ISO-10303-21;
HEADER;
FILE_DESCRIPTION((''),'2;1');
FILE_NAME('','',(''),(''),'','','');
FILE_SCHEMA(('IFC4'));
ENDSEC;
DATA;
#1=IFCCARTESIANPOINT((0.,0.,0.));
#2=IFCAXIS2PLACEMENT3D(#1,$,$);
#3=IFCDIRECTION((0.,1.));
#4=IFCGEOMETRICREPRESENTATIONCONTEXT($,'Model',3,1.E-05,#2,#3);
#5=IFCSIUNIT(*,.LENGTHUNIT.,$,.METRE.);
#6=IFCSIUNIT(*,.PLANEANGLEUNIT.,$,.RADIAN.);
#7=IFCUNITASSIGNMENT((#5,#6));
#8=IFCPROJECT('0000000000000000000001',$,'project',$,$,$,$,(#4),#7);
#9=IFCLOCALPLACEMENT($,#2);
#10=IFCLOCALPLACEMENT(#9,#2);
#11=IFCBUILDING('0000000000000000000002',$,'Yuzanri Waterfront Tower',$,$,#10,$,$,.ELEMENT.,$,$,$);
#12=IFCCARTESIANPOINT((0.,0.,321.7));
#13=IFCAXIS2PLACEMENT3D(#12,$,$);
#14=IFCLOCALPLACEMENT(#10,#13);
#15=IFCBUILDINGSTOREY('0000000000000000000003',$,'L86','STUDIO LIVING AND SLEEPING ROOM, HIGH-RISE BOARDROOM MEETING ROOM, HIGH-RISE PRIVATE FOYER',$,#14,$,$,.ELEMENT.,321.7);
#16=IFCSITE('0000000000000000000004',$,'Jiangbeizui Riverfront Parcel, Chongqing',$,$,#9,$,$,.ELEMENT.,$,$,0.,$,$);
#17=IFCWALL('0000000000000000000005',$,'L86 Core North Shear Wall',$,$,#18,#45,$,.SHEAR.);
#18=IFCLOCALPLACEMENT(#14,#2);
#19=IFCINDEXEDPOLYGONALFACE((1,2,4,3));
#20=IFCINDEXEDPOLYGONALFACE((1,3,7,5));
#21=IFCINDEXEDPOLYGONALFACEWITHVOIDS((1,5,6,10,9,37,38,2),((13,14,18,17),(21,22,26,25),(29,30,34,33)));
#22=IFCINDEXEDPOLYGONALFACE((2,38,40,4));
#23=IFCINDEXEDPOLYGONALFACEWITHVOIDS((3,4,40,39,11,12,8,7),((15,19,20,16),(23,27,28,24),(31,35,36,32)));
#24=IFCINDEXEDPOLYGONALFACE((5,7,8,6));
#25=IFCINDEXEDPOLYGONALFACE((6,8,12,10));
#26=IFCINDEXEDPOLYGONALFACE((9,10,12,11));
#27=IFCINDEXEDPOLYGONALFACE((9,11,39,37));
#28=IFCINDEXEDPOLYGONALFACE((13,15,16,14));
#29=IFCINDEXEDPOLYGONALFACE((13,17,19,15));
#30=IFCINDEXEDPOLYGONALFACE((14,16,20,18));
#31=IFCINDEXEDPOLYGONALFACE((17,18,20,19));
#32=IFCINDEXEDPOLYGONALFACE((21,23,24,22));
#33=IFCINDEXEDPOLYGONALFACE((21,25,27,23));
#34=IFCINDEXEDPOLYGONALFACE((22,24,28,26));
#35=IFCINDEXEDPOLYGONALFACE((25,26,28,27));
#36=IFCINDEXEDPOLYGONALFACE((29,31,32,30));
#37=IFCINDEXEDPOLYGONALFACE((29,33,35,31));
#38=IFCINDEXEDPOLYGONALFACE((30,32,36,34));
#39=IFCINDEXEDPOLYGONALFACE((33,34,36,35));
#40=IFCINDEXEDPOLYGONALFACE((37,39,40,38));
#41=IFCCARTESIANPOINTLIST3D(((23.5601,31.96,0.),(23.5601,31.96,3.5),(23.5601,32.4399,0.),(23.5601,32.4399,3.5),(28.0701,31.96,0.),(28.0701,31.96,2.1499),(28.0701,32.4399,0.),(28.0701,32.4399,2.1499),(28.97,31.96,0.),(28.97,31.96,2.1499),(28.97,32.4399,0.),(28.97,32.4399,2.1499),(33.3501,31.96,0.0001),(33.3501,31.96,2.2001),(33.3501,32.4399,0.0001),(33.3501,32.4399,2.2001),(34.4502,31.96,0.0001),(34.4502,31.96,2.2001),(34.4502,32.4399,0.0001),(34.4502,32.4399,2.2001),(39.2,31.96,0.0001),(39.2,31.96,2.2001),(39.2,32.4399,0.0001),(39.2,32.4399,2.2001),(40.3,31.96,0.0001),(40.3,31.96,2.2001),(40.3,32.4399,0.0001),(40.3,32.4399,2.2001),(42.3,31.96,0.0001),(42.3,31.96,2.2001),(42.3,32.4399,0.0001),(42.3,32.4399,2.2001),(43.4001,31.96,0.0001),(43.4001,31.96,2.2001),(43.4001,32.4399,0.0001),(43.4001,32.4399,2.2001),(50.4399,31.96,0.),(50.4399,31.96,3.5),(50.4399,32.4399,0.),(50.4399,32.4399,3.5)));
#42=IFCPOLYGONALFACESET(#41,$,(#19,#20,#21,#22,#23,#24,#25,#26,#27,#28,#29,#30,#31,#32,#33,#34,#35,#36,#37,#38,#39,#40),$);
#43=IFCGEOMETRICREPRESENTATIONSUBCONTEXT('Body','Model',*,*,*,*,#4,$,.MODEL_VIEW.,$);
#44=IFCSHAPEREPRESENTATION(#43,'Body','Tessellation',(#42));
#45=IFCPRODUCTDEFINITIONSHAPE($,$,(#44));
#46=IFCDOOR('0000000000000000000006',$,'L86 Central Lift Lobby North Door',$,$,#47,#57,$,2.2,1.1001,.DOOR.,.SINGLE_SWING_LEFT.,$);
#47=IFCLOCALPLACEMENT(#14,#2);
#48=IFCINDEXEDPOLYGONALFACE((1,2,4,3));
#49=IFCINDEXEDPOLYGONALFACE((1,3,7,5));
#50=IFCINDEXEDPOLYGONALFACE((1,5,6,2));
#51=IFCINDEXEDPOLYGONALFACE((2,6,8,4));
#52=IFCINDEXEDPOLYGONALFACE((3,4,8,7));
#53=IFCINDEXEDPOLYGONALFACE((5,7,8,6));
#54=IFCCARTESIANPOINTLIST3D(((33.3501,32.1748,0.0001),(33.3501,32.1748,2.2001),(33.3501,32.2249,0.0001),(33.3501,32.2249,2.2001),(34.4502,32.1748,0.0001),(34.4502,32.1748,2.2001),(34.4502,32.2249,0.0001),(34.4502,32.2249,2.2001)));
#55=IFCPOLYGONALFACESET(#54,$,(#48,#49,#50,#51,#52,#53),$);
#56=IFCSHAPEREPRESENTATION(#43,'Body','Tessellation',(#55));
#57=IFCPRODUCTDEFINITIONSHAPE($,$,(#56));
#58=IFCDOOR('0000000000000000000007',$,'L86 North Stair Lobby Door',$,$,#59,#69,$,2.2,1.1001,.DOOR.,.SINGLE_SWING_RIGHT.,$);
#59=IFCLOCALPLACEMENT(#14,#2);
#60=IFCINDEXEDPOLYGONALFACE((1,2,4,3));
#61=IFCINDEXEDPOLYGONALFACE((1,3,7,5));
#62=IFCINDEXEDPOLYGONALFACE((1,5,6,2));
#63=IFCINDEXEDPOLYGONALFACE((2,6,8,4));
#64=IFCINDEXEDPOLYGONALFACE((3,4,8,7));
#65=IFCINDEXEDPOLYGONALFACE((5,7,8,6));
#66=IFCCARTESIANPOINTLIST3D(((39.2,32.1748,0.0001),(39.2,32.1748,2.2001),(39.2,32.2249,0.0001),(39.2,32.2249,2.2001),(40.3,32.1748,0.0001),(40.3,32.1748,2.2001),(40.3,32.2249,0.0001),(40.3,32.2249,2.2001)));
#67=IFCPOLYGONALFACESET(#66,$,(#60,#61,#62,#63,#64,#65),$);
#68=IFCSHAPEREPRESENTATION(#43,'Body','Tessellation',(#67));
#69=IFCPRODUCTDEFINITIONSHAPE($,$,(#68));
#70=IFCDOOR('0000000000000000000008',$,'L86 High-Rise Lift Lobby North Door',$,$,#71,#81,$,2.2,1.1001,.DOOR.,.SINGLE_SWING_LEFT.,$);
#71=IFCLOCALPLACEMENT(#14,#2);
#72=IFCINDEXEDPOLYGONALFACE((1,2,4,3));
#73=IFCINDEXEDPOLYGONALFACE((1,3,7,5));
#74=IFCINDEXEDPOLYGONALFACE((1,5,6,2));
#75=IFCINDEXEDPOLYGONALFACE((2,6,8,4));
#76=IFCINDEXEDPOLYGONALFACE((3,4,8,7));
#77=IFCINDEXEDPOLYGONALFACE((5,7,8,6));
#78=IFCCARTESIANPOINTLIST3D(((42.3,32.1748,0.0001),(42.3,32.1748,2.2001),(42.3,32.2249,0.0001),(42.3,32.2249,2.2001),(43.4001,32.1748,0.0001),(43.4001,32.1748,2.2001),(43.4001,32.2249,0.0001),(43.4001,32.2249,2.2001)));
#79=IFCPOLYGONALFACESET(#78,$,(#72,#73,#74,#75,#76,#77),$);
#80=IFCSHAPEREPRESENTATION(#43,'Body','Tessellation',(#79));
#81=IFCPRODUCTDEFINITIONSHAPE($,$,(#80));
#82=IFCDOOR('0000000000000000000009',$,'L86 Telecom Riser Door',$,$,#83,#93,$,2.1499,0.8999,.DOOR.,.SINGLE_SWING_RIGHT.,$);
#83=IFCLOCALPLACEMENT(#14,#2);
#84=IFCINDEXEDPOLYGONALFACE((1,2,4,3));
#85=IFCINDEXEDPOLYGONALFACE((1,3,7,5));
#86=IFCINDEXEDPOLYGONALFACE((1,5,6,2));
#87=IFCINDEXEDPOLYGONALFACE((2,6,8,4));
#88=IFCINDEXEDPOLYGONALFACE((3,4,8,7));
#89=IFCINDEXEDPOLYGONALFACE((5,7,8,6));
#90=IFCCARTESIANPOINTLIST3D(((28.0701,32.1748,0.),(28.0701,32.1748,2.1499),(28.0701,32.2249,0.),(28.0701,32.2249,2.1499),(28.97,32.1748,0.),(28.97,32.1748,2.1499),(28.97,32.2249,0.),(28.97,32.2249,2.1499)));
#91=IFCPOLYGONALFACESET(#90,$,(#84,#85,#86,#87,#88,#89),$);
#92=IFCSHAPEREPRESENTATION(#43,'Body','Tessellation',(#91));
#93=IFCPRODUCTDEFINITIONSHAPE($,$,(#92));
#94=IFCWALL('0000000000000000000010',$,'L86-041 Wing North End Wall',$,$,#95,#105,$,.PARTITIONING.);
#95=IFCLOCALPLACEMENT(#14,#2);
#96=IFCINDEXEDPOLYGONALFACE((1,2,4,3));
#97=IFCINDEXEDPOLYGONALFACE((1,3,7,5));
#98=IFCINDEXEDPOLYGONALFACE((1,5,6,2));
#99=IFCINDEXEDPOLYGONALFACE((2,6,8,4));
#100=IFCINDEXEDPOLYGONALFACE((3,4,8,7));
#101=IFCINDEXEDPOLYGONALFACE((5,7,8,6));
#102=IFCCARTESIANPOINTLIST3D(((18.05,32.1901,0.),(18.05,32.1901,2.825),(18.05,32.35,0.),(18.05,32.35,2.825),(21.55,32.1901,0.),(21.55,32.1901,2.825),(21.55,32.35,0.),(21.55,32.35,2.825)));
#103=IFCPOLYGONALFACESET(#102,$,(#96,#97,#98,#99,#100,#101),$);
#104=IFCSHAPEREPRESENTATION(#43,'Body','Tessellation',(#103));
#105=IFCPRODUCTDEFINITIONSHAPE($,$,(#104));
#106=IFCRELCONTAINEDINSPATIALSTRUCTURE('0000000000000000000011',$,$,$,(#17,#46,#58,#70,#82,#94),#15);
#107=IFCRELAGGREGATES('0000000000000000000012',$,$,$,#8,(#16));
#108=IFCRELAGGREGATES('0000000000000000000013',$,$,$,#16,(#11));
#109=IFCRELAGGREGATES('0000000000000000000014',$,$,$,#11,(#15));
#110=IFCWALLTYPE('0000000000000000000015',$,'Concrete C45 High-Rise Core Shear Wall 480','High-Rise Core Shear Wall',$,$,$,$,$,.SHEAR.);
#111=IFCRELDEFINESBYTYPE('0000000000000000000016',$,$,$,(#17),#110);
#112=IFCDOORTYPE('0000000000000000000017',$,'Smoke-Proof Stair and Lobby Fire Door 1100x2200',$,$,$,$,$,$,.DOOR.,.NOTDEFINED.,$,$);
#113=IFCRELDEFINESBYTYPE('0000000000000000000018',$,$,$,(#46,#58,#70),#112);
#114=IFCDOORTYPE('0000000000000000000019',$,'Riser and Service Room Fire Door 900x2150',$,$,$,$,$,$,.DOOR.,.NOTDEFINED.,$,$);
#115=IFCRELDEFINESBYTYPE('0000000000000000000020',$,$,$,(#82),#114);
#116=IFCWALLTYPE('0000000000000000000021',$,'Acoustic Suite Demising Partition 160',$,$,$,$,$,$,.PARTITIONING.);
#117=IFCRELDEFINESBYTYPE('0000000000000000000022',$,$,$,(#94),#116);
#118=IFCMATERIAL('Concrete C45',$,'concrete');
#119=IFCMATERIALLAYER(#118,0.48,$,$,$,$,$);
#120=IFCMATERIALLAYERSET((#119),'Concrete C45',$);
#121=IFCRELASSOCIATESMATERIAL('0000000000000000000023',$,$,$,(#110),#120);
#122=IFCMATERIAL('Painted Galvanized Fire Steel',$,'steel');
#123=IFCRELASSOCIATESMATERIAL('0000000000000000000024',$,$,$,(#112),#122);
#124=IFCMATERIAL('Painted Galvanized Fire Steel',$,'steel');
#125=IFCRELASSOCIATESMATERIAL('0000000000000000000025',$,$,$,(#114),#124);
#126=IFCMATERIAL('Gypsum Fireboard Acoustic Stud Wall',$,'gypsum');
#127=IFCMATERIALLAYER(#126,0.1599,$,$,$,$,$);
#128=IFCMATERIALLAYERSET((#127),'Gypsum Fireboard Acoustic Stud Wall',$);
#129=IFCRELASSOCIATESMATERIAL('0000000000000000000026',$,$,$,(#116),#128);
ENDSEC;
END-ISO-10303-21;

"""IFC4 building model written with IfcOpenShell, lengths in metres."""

from ifc_helpers import new_model, si_unit, direction, frame, frame_2d, origin, place, context, subcontext, project, spatial, rectangle, extrude, source, transform, mapped, material, layer, layer_set, type_object, element, fill, save


model = new_model("IFC4")

# Units and contexts
model_context = context("Model", 3, precision=1e-05, world=origin(), true_north=direction((0.0, 1.0)))
body_context = subcontext(model_context, "Body", "Model", "MODEL_VIEW")
ifc_project = project(units=[si_unit("LENGTHUNIT", "METRE"), si_unit("PLANEANGLEUNIT", "RADIAN")], contexts=[model_context])

# Site, building, storey
site_placement = place(None, origin())
site = spatial("IfcSite", under=ifc_project, at=site_placement, Name="Jiangbeizui Riverfront Parcel, Chongqing", CompositionType="ELEMENT", RefElevation=0.0)
building_placement = place(site_placement, origin())
building = spatial("IfcBuilding", under=site, at=building_placement, Name="Yuzanri Waterfront Tower", CompositionType="ELEMENT")
storey_placement = place(building_placement, frame((0.0, 0.0, 321.7)))
storey = spatial("IfcBuildingStorey", under=building, at=storey_placement, Name="L86", Description="STUDIO LIVING AND SLEEPING ROOM, HIGH-RISE BOARDROOM MEETING ROOM, HIGH-RISE PRIVATE FOYER", CompositionType="ELEMENT", Elevation=321.7)

# Wall, openings, doors
ifc_material_1 = material(Name="Concrete C45", Category="concrete")
ifc_layer_1 = layer(ifc_material_1, 0.48)
ifc_layer_set_1 = layer_set([ifc_layer_1], Name="Concrete C45")
wall_type_1 = type_object("IfcWallType", Name="Concrete C45 High-Rise Core Shear Wall 480", Description="High-Rise Core Shear Wall", PredefinedType="SHEAR", material=ifc_layer_set_1)
wall_1_placement = place(storey_placement, frame((23.5601, 32.2, 0.0), z_axis=(0.0, 0.0, 1.0), x_axis=(1.0, 0.0, 0.0)))
wall_1 = element("IfcWall", 1, at=wall_1_placement, inside=storey, type_object=wall_type_1, Name="L86 Core North Shear Wall", PredefinedType="SHEAR", context=body_context, shape_type="SweptSolid", body=[
    extrude(rectangle(XDim=26.8799, YDim=0.48, at=frame_2d((13.4399, 0.0))), origin(), (0.0, 0.0, 1.0), 3.5),
])
opening_1_placement = place(wall_1_placement, frame((4.51, 0.0, 0.0)))
opening_1 = element("IfcOpeningElement", 2, at=opening_1_placement, cuts=wall_1, PredefinedType="OPENING", context=body_context, shape_type="SweptSolid", body=[
    extrude(rectangle(XDim=0.8999, YDim=2.1499, at=frame_2d((0.45, 1.075))), frame((0.0, 0.2549, 0.0), z_axis=(0.0, -1.0, 0.0), x_axis=(1.0, 0.0, 0.0)), (0.0, 0.0, 1.0), 0.5098),
])
opening_2_placement = place(wall_1_placement, frame((9.79, 0.0, 0.0)))
opening_2 = element("IfcOpeningElement", 3, at=opening_2_placement, cuts=wall_1, PredefinedType="OPENING", context=body_context, shape_type="SweptSolid", body=[
    extrude(rectangle(XDim=1.1001, YDim=2.2, at=frame_2d((0.55, 1.1001))), frame((0.0, 0.2549, 0.0), z_axis=(0.0, -1.0, 0.0), x_axis=(1.0, 0.0, 0.0)), (0.0, 0.0, 1.0), 0.5098),
])
opening_3_placement = place(wall_1_placement, frame((15.6399, 0.0, 0.0)))
opening_3 = element("IfcOpeningElement", 4, at=opening_3_placement, cuts=wall_1, PredefinedType="OPENING", context=body_context, shape_type="SweptSolid", body=[
    extrude(rectangle(XDim=1.1001, YDim=2.2, at=frame_2d((0.55, 1.1001))), frame((0.0, 0.2549, 0.0), z_axis=(0.0, -1.0, 0.0), x_axis=(1.0, 0.0, 0.0)), (0.0, 0.0, 1.0), 0.5098),
])
opening_4_placement = place(wall_1_placement, frame((18.74, 0.0, 0.0)))
opening_4 = element("IfcOpeningElement", 5, at=opening_4_placement, cuts=wall_1, PredefinedType="OPENING", context=body_context, shape_type="SweptSolid", body=[
    extrude(rectangle(XDim=1.1001, YDim=2.2, at=frame_2d((0.55, 1.1001))), frame((0.0, 0.2549, 0.0), z_axis=(0.0, -1.0, 0.0), x_axis=(1.0, 0.0, 0.0)), (0.0, 0.0, 1.0), 0.5098),
])
ifc_material_2 = material(Name="Painted Galvanized Fire Steel", Category="steel")
door_type_1 = type_object("IfcDoorType", Name="Smoke-Proof Stair and Lobby Fire Door 1100x2200", OperationType="NOTDEFINED", PredefinedType="DOOR", material=ifc_material_2)
shared_shape_1 = source(origin(), body_context, "Body", "SweptSolid", [
    extrude(rectangle(XDim=1.1001, YDim=2.2, at=frame_2d((0.55, 1.1001))), frame((0.0, 0.0249, 0.0), z_axis=(0.0, -1.0, 0.0), x_axis=(1.0, 0.0, 0.0)), (0.0, 0.0, 1.0), 0.05),
])
door_1_placement = place(opening_2_placement, origin())
door_1 = element("IfcDoor", 6, at=door_1_placement, inside=storey, type_object=door_type_1, Name="L86 Central Lift Lobby North Door", OperationType="SINGLE_SWING_LEFT", OverallHeight=2.2, OverallWidth=1.1001, PredefinedType="DOOR", context=body_context, shape_type="MappedRepresentation", body=[
    mapped(shared_shape_1, transform((0.0, 0.0, 0.0), scale=1.0)),
])
fill(opening_2, door_1)
door_2_placement = place(opening_3_placement, origin())
door_2 = element("IfcDoor", 7, at=door_2_placement, inside=storey, type_object=door_type_1, Name="L86 North Stair Lobby Door", OperationType="SINGLE_SWING_RIGHT", OverallHeight=2.2, OverallWidth=1.1001, PredefinedType="DOOR", context=body_context, shape_type="MappedRepresentation", body=[
    mapped(shared_shape_1, transform((0.0, 0.0, 0.0), scale=1.0)),
])
fill(opening_3, door_2)
door_3_placement = place(opening_4_placement, origin())
door_3 = element("IfcDoor", 8, at=door_3_placement, inside=storey, type_object=door_type_1, Name="L86 High-Rise Lift Lobby North Door", OperationType="SINGLE_SWING_LEFT", OverallHeight=2.2, OverallWidth=1.1001, PredefinedType="DOOR", context=body_context, shape_type="MappedRepresentation", body=[
    mapped(shared_shape_1, transform((0.0, 0.0, 0.0), scale=1.0)),
])
fill(opening_4, door_3)
ifc_material_3 = material(Name="Painted Galvanized Fire Steel", Category="steel")
door_type_2 = type_object("IfcDoorType", Name="Riser and Service Room Fire Door 900x2150", OperationType="NOTDEFINED", PredefinedType="DOOR", material=ifc_material_3)
shared_shape_2 = source(origin(), body_context, "Body", "SweptSolid", [
    extrude(rectangle(XDim=0.8999, YDim=2.1499, at=frame_2d((0.45, 1.075))), frame((0.0, 0.0249, 0.0), z_axis=(0.0, -1.0, 0.0), x_axis=(1.0, 0.0, 0.0)), (0.0, 0.0, 1.0), 0.05),
])
door_4_placement = place(opening_1_placement, origin())
door_4 = element("IfcDoor", 9, at=door_4_placement, inside=storey, type_object=door_type_2, Name="L86 Telecom Riser Door", OperationType="SINGLE_SWING_RIGHT", OverallHeight=2.1499, OverallWidth=0.8999, PredefinedType="DOOR", context=body_context, shape_type="MappedRepresentation", body=[
    mapped(shared_shape_2, transform((0.0, 0.0, 0.0), scale=1.0)),
])
fill(opening_1, door_4)

# Wall
ifc_material_4 = material(Name="Gypsum Fireboard Acoustic Stud Wall", Category="gypsum")
ifc_layer_2 = layer(ifc_material_4, 0.1599)
ifc_layer_set_2 = layer_set([ifc_layer_2], Name="Gypsum Fireboard Acoustic Stud Wall")
wall_type_2 = type_object("IfcWallType", Name="Acoustic Suite Demising Partition 160", PredefinedType="PARTITIONING", material=ifc_layer_set_2)
shared_shape_3 = source(origin(), body_context, "Body", "SweptSolid", [
    extrude(rectangle(XDim=3.5, YDim=0.1599, at=frame_2d((1.75, 0.0))), origin(), (0.0, 0.0, 1.0), 2.825),
])
wall_2_placement = place(storey_placement, frame((18.05, 32.27, 0.0), z_axis=(0.0, 0.0, 1.0), x_axis=(1.0, 0.0, 0.0)))
element("IfcWall", 10, at=wall_2_placement, inside=storey, type_object=wall_type_2, Name="L86-041 Wing North End Wall", PredefinedType="PARTITIONING", context=body_context, shape_type="MappedRepresentation", body=[
    mapped(shared_shape_3, transform((0.0, 0.0, 0.0), scale=1.0)),
])

save(model, "model.ifc")
